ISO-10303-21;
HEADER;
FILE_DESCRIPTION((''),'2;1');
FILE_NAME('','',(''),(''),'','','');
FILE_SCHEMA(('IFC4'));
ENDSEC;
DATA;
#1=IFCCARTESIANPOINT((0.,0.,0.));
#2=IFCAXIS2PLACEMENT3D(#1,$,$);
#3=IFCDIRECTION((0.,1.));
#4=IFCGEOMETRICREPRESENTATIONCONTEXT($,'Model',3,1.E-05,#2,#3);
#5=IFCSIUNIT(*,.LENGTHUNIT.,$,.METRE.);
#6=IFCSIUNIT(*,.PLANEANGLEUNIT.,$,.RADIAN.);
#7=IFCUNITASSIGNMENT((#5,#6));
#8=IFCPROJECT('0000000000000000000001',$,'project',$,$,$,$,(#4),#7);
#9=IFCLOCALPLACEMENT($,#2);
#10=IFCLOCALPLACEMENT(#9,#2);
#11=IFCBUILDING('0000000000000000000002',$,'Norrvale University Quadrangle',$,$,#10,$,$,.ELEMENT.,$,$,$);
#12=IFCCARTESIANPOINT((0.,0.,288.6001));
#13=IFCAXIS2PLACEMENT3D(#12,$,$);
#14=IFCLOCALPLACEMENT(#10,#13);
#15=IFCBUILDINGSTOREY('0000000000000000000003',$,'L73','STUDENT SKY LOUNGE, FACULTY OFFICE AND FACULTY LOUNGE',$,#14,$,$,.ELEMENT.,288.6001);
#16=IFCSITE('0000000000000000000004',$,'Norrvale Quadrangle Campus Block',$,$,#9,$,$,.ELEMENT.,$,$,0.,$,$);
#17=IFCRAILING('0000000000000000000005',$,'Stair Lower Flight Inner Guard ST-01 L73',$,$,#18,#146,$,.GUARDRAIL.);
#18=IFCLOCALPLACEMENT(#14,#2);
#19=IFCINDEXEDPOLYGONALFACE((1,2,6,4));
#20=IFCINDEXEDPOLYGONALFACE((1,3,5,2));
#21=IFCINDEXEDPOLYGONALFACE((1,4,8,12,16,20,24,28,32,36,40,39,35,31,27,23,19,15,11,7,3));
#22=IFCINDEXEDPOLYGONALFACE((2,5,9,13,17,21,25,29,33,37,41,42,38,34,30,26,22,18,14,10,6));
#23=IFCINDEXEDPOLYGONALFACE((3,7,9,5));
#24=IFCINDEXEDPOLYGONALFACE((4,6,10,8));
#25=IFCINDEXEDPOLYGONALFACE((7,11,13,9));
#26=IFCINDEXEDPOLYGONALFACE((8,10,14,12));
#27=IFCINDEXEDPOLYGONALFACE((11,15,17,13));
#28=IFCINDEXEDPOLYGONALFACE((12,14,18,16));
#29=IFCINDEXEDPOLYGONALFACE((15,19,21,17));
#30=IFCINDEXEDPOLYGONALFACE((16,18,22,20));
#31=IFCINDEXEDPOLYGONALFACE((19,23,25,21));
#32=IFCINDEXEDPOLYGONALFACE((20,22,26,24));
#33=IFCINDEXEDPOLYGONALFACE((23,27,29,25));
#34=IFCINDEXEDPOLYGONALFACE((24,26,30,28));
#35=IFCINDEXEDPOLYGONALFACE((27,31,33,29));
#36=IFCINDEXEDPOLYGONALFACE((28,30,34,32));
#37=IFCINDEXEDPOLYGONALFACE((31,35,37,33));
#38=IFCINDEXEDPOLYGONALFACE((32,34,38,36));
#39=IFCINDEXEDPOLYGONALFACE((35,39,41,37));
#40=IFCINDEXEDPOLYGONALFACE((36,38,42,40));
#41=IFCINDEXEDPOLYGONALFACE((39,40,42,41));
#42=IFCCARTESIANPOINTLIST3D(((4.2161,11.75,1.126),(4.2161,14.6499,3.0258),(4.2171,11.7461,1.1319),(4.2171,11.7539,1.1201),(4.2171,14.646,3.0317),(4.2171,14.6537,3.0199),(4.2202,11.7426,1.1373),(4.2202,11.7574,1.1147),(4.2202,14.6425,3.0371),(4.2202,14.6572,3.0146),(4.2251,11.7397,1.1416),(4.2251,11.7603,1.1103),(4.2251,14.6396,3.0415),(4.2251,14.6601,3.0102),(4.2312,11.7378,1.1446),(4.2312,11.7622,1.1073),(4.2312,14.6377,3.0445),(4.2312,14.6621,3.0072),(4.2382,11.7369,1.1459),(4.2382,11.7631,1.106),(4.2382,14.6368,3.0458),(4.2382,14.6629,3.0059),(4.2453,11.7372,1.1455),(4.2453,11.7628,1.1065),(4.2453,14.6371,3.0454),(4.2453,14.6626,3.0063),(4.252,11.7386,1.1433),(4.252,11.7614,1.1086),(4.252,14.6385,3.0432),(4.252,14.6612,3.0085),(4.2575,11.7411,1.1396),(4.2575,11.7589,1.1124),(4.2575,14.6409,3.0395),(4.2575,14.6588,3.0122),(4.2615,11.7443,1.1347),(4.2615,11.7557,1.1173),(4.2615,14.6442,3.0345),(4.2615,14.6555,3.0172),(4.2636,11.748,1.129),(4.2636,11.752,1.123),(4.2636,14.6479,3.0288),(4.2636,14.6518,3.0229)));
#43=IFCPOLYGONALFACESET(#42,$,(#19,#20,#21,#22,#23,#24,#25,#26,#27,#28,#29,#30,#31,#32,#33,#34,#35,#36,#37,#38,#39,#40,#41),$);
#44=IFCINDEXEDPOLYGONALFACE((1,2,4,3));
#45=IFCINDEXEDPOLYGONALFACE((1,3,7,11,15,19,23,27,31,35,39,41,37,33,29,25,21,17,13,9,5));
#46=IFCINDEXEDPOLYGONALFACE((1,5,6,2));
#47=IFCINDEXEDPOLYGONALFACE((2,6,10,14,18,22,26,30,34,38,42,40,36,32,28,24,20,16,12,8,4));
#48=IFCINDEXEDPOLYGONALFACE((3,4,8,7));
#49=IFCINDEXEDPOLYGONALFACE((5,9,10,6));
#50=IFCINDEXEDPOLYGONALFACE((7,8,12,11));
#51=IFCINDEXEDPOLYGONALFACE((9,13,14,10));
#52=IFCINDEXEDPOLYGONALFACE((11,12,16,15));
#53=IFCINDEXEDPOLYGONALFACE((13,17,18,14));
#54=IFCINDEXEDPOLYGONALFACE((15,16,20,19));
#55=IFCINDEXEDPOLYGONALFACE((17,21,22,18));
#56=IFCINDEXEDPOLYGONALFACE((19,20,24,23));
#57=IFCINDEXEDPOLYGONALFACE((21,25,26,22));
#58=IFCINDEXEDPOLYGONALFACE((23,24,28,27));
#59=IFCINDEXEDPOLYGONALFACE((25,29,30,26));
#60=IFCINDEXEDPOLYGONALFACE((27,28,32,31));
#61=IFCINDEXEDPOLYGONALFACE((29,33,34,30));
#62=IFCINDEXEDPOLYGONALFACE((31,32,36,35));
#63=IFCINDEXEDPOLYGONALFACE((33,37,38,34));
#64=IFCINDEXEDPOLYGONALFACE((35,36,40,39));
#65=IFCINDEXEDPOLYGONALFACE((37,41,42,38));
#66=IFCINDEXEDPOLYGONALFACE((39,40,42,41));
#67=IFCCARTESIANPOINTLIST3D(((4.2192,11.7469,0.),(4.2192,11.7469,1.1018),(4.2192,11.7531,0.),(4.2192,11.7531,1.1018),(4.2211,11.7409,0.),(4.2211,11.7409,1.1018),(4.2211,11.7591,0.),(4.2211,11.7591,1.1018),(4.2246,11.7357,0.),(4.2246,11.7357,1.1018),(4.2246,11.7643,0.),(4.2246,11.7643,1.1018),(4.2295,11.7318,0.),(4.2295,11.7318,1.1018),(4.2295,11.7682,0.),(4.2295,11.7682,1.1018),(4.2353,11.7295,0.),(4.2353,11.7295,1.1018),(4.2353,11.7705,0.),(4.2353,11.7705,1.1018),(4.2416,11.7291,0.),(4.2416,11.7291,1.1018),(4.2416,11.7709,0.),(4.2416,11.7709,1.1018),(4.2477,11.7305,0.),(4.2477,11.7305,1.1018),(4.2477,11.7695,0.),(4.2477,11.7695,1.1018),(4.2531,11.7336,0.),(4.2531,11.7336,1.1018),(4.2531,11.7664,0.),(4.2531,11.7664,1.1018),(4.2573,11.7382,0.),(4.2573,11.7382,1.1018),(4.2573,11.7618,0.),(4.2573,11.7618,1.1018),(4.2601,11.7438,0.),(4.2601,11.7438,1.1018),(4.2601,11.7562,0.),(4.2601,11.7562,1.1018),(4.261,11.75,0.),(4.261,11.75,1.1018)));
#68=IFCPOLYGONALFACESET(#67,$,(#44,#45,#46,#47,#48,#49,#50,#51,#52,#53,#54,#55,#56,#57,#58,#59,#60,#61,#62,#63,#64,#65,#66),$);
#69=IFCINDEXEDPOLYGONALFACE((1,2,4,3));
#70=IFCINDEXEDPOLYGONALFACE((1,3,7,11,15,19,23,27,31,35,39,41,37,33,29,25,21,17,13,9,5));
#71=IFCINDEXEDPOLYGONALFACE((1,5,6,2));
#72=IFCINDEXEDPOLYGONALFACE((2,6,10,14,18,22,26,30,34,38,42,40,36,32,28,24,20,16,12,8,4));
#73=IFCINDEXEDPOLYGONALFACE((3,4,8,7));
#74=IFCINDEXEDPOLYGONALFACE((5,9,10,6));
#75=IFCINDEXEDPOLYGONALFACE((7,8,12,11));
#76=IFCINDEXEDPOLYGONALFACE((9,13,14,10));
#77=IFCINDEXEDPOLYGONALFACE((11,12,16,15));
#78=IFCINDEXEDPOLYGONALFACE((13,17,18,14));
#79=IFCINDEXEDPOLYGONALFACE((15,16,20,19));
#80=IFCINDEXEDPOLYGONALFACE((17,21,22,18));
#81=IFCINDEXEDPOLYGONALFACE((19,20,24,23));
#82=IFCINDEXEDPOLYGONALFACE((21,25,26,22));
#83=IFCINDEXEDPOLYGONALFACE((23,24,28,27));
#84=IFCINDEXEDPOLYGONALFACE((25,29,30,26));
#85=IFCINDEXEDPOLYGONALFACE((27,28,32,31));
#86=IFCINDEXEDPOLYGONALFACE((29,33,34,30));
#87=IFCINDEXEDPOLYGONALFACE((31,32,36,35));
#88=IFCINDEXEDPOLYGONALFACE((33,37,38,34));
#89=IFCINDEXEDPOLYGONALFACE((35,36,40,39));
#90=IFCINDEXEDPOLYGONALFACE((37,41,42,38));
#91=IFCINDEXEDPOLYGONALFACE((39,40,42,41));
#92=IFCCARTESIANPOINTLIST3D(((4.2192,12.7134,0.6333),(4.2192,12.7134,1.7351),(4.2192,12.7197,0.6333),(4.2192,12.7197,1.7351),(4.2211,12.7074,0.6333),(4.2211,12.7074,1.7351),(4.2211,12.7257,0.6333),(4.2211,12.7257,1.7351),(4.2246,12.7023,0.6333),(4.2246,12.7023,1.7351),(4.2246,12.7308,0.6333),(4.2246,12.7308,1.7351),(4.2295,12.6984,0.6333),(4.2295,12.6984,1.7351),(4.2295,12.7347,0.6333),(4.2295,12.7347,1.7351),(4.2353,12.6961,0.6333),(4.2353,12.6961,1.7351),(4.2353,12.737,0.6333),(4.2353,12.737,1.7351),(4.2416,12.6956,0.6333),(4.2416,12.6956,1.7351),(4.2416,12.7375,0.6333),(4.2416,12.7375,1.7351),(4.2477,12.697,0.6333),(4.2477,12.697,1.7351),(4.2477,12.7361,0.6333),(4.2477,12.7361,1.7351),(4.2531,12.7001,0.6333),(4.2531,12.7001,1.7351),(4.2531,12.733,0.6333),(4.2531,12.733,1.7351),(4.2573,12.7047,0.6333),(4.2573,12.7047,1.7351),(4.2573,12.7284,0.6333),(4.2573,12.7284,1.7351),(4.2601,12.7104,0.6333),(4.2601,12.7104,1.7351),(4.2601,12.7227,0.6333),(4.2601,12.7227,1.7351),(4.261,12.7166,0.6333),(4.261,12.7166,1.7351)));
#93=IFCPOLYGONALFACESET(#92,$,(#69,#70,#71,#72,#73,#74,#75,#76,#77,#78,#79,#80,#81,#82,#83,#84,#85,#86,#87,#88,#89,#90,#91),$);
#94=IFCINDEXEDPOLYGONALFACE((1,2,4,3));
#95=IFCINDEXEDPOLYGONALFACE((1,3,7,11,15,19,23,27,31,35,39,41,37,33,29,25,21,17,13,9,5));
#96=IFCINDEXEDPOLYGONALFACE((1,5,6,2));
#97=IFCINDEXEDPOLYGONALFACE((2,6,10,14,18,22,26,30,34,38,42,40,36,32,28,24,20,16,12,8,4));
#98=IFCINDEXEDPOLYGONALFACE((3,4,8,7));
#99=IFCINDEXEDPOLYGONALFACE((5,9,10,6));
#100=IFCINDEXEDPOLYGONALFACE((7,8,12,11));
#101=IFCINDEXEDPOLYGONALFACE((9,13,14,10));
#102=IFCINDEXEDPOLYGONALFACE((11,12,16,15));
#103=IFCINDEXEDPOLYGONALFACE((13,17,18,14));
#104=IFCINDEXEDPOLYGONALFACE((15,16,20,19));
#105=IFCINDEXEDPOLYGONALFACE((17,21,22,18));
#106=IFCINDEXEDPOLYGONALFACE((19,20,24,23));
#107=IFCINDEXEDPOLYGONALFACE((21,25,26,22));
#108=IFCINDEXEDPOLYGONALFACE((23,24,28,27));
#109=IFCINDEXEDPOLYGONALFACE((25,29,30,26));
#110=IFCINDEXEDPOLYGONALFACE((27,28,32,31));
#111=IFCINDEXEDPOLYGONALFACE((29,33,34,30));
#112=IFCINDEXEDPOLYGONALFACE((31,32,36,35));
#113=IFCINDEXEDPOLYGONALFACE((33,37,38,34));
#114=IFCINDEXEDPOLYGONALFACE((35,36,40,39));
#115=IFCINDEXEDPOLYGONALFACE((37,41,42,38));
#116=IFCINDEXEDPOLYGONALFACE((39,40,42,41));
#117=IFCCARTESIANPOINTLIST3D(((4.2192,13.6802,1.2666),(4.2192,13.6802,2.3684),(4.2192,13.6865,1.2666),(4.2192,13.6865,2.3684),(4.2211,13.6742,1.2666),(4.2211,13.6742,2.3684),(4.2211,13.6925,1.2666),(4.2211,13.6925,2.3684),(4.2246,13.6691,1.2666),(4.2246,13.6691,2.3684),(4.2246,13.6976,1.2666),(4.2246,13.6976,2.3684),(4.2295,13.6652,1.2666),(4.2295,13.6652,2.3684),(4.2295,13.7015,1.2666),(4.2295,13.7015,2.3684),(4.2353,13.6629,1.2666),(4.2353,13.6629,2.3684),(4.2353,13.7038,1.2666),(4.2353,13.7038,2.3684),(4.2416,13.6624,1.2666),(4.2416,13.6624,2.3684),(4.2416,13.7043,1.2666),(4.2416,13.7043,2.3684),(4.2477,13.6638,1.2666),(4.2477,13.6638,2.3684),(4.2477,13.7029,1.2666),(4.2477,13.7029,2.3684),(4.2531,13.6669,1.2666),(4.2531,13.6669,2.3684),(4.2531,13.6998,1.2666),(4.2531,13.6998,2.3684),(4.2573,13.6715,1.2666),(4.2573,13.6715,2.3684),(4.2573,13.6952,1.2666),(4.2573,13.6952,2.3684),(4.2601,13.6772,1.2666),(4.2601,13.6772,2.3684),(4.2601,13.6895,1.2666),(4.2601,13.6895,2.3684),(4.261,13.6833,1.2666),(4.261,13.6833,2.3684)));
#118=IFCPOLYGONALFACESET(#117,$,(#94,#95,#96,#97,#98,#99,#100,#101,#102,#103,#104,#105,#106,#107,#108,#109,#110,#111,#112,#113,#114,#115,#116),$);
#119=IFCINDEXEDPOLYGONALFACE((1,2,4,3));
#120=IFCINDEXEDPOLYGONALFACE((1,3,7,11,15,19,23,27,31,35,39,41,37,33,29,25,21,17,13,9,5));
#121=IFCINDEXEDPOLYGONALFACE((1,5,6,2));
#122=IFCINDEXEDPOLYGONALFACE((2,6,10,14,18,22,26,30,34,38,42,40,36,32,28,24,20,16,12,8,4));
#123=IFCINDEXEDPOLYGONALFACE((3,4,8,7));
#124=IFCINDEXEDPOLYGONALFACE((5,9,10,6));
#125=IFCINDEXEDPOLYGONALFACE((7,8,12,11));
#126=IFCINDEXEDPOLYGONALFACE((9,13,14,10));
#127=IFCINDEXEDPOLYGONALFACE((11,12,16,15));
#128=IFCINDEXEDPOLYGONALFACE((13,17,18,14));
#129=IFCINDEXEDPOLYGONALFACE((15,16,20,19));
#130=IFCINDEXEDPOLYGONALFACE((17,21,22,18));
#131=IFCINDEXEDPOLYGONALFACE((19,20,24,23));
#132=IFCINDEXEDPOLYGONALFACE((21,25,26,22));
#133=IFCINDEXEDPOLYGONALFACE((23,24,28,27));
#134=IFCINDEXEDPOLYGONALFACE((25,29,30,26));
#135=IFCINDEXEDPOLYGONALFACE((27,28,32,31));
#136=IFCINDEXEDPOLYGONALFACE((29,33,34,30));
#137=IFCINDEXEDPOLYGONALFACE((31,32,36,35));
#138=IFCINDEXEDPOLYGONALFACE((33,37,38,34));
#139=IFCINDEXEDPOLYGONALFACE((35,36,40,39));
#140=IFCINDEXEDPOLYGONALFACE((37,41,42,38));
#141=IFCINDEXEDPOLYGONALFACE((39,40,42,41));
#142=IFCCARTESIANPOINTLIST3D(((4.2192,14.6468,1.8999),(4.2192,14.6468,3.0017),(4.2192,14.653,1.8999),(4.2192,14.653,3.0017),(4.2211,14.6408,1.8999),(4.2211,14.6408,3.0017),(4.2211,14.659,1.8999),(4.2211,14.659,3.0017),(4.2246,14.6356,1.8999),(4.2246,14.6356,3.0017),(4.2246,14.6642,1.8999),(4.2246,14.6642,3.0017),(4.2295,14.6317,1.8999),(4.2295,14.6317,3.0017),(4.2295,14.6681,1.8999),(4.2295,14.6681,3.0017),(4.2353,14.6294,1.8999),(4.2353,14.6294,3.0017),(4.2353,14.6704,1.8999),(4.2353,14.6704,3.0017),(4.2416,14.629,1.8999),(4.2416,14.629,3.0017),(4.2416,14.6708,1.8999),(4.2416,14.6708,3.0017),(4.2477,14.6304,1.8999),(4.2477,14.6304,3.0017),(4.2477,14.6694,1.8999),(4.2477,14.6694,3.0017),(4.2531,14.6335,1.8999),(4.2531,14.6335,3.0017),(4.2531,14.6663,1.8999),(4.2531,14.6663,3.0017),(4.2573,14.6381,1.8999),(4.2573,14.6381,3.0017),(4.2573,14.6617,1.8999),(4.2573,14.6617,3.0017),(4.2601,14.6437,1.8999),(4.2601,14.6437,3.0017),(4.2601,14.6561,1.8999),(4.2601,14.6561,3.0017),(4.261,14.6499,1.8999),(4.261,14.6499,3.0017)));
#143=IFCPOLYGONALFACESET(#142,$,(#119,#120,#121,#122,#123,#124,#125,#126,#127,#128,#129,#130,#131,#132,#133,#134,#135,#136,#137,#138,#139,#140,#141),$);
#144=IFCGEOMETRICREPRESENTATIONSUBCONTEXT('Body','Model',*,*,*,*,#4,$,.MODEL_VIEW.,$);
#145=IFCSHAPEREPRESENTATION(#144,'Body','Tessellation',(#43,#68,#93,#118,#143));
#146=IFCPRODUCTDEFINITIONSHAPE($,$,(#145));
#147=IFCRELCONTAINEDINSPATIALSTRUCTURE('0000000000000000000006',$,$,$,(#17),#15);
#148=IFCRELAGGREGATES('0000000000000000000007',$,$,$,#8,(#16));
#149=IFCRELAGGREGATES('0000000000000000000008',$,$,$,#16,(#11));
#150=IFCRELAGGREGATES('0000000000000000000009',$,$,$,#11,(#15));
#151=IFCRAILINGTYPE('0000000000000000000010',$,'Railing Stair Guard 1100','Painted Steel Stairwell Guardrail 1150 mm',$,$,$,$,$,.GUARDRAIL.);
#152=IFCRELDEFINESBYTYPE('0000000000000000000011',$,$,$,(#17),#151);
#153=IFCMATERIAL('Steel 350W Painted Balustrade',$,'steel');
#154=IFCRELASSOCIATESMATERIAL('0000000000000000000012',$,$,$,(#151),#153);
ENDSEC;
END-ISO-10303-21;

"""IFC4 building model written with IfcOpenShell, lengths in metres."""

from ifc_helpers import new_model, si_unit, direction, frame, origin, origin_2d, place, context, subcontext, project, spatial, circle, extrude, material, type_object, element, save


model = new_model("IFC4")

# Units and contexts
model_context = context("Model", 3, precision=1e-05, world=origin(), true_north=direction((0.0, 1.0)))
body_context = subcontext(model_context, "Body", "Model", "MODEL_VIEW")
ifc_project = project(units=[si_unit("LENGTHUNIT", "METRE"), si_unit("PLANEANGLEUNIT", "RADIAN")], contexts=[model_context])

# Site, building, storey
site_placement = place(None, origin())
site = spatial("IfcSite", under=ifc_project, at=site_placement, Name="Norrvale Quadrangle Campus Block", CompositionType="ELEMENT", RefElevation=0.0)
building_placement = place(site_placement, origin())
building = spatial("IfcBuilding", under=site, at=building_placement, Name="Norrvale University Quadrangle", CompositionType="ELEMENT")
storey_placement = place(building_placement, frame((0.0, 0.0, 288.6001)))
storey = spatial("IfcBuildingStorey", under=building, at=storey_placement, Name="L73", Description="STUDENT SKY LOUNGE, FACULTY OFFICE AND FACULTY LOUNGE", CompositionType="ELEMENT", Elevation=288.6001)

# Railing
ifc_material_1 = material(Name="Steel 350W Painted Balustrade", Category="steel")
railing_type_1 = type_object("IfcRailingType", Name="Railing Stair Guard 1100", Description="Painted Steel Stairwell Guardrail 1150 mm", PredefinedType="GUARDRAIL", material=ifc_material_1)
railing_1_placement = place(storey_placement, frame((4.24, 11.75, 0.0)))
element("IfcRailing", 1, at=railing_1_placement, inside=storey, type_object=railing_type_1, Name="Stair Lower Flight Inner Guard ST-01 L73", PredefinedType="GUARDRAIL", context=body_context, shape_type="SweptSolid", body=[
    extrude(circle(Radius=0.0239, at=origin_2d()), frame((0.0, 0.0, 1.126), z_axis=(0.0, 0.836466, 0.548019), x_axis=(-1.0, 0.0, 0.0)), (0.0, 0.0, 1.0), 3.4668),
    extrude(circle(Radius=0.021, at=origin_2d()), origin(), (0.0, 0.0, 1.0), 1.1018),
    extrude(circle(Radius=0.021, at=origin_2d()), frame((0.0, 0.9666, 0.6333)), (0.0, 0.0, 1.0), 1.1018),
    extrude(circle(Radius=0.021, at=origin_2d()), frame((0.0, 1.9333, 1.2666)), (0.0, 0.0, 1.0), 1.1018),
    extrude(circle(Radius=0.021, at=origin_2d()), frame((0.0, 2.8999, 1.8999)), (0.0, 0.0, 1.0), 1.1018),
])

save(model, "model.ifc")
